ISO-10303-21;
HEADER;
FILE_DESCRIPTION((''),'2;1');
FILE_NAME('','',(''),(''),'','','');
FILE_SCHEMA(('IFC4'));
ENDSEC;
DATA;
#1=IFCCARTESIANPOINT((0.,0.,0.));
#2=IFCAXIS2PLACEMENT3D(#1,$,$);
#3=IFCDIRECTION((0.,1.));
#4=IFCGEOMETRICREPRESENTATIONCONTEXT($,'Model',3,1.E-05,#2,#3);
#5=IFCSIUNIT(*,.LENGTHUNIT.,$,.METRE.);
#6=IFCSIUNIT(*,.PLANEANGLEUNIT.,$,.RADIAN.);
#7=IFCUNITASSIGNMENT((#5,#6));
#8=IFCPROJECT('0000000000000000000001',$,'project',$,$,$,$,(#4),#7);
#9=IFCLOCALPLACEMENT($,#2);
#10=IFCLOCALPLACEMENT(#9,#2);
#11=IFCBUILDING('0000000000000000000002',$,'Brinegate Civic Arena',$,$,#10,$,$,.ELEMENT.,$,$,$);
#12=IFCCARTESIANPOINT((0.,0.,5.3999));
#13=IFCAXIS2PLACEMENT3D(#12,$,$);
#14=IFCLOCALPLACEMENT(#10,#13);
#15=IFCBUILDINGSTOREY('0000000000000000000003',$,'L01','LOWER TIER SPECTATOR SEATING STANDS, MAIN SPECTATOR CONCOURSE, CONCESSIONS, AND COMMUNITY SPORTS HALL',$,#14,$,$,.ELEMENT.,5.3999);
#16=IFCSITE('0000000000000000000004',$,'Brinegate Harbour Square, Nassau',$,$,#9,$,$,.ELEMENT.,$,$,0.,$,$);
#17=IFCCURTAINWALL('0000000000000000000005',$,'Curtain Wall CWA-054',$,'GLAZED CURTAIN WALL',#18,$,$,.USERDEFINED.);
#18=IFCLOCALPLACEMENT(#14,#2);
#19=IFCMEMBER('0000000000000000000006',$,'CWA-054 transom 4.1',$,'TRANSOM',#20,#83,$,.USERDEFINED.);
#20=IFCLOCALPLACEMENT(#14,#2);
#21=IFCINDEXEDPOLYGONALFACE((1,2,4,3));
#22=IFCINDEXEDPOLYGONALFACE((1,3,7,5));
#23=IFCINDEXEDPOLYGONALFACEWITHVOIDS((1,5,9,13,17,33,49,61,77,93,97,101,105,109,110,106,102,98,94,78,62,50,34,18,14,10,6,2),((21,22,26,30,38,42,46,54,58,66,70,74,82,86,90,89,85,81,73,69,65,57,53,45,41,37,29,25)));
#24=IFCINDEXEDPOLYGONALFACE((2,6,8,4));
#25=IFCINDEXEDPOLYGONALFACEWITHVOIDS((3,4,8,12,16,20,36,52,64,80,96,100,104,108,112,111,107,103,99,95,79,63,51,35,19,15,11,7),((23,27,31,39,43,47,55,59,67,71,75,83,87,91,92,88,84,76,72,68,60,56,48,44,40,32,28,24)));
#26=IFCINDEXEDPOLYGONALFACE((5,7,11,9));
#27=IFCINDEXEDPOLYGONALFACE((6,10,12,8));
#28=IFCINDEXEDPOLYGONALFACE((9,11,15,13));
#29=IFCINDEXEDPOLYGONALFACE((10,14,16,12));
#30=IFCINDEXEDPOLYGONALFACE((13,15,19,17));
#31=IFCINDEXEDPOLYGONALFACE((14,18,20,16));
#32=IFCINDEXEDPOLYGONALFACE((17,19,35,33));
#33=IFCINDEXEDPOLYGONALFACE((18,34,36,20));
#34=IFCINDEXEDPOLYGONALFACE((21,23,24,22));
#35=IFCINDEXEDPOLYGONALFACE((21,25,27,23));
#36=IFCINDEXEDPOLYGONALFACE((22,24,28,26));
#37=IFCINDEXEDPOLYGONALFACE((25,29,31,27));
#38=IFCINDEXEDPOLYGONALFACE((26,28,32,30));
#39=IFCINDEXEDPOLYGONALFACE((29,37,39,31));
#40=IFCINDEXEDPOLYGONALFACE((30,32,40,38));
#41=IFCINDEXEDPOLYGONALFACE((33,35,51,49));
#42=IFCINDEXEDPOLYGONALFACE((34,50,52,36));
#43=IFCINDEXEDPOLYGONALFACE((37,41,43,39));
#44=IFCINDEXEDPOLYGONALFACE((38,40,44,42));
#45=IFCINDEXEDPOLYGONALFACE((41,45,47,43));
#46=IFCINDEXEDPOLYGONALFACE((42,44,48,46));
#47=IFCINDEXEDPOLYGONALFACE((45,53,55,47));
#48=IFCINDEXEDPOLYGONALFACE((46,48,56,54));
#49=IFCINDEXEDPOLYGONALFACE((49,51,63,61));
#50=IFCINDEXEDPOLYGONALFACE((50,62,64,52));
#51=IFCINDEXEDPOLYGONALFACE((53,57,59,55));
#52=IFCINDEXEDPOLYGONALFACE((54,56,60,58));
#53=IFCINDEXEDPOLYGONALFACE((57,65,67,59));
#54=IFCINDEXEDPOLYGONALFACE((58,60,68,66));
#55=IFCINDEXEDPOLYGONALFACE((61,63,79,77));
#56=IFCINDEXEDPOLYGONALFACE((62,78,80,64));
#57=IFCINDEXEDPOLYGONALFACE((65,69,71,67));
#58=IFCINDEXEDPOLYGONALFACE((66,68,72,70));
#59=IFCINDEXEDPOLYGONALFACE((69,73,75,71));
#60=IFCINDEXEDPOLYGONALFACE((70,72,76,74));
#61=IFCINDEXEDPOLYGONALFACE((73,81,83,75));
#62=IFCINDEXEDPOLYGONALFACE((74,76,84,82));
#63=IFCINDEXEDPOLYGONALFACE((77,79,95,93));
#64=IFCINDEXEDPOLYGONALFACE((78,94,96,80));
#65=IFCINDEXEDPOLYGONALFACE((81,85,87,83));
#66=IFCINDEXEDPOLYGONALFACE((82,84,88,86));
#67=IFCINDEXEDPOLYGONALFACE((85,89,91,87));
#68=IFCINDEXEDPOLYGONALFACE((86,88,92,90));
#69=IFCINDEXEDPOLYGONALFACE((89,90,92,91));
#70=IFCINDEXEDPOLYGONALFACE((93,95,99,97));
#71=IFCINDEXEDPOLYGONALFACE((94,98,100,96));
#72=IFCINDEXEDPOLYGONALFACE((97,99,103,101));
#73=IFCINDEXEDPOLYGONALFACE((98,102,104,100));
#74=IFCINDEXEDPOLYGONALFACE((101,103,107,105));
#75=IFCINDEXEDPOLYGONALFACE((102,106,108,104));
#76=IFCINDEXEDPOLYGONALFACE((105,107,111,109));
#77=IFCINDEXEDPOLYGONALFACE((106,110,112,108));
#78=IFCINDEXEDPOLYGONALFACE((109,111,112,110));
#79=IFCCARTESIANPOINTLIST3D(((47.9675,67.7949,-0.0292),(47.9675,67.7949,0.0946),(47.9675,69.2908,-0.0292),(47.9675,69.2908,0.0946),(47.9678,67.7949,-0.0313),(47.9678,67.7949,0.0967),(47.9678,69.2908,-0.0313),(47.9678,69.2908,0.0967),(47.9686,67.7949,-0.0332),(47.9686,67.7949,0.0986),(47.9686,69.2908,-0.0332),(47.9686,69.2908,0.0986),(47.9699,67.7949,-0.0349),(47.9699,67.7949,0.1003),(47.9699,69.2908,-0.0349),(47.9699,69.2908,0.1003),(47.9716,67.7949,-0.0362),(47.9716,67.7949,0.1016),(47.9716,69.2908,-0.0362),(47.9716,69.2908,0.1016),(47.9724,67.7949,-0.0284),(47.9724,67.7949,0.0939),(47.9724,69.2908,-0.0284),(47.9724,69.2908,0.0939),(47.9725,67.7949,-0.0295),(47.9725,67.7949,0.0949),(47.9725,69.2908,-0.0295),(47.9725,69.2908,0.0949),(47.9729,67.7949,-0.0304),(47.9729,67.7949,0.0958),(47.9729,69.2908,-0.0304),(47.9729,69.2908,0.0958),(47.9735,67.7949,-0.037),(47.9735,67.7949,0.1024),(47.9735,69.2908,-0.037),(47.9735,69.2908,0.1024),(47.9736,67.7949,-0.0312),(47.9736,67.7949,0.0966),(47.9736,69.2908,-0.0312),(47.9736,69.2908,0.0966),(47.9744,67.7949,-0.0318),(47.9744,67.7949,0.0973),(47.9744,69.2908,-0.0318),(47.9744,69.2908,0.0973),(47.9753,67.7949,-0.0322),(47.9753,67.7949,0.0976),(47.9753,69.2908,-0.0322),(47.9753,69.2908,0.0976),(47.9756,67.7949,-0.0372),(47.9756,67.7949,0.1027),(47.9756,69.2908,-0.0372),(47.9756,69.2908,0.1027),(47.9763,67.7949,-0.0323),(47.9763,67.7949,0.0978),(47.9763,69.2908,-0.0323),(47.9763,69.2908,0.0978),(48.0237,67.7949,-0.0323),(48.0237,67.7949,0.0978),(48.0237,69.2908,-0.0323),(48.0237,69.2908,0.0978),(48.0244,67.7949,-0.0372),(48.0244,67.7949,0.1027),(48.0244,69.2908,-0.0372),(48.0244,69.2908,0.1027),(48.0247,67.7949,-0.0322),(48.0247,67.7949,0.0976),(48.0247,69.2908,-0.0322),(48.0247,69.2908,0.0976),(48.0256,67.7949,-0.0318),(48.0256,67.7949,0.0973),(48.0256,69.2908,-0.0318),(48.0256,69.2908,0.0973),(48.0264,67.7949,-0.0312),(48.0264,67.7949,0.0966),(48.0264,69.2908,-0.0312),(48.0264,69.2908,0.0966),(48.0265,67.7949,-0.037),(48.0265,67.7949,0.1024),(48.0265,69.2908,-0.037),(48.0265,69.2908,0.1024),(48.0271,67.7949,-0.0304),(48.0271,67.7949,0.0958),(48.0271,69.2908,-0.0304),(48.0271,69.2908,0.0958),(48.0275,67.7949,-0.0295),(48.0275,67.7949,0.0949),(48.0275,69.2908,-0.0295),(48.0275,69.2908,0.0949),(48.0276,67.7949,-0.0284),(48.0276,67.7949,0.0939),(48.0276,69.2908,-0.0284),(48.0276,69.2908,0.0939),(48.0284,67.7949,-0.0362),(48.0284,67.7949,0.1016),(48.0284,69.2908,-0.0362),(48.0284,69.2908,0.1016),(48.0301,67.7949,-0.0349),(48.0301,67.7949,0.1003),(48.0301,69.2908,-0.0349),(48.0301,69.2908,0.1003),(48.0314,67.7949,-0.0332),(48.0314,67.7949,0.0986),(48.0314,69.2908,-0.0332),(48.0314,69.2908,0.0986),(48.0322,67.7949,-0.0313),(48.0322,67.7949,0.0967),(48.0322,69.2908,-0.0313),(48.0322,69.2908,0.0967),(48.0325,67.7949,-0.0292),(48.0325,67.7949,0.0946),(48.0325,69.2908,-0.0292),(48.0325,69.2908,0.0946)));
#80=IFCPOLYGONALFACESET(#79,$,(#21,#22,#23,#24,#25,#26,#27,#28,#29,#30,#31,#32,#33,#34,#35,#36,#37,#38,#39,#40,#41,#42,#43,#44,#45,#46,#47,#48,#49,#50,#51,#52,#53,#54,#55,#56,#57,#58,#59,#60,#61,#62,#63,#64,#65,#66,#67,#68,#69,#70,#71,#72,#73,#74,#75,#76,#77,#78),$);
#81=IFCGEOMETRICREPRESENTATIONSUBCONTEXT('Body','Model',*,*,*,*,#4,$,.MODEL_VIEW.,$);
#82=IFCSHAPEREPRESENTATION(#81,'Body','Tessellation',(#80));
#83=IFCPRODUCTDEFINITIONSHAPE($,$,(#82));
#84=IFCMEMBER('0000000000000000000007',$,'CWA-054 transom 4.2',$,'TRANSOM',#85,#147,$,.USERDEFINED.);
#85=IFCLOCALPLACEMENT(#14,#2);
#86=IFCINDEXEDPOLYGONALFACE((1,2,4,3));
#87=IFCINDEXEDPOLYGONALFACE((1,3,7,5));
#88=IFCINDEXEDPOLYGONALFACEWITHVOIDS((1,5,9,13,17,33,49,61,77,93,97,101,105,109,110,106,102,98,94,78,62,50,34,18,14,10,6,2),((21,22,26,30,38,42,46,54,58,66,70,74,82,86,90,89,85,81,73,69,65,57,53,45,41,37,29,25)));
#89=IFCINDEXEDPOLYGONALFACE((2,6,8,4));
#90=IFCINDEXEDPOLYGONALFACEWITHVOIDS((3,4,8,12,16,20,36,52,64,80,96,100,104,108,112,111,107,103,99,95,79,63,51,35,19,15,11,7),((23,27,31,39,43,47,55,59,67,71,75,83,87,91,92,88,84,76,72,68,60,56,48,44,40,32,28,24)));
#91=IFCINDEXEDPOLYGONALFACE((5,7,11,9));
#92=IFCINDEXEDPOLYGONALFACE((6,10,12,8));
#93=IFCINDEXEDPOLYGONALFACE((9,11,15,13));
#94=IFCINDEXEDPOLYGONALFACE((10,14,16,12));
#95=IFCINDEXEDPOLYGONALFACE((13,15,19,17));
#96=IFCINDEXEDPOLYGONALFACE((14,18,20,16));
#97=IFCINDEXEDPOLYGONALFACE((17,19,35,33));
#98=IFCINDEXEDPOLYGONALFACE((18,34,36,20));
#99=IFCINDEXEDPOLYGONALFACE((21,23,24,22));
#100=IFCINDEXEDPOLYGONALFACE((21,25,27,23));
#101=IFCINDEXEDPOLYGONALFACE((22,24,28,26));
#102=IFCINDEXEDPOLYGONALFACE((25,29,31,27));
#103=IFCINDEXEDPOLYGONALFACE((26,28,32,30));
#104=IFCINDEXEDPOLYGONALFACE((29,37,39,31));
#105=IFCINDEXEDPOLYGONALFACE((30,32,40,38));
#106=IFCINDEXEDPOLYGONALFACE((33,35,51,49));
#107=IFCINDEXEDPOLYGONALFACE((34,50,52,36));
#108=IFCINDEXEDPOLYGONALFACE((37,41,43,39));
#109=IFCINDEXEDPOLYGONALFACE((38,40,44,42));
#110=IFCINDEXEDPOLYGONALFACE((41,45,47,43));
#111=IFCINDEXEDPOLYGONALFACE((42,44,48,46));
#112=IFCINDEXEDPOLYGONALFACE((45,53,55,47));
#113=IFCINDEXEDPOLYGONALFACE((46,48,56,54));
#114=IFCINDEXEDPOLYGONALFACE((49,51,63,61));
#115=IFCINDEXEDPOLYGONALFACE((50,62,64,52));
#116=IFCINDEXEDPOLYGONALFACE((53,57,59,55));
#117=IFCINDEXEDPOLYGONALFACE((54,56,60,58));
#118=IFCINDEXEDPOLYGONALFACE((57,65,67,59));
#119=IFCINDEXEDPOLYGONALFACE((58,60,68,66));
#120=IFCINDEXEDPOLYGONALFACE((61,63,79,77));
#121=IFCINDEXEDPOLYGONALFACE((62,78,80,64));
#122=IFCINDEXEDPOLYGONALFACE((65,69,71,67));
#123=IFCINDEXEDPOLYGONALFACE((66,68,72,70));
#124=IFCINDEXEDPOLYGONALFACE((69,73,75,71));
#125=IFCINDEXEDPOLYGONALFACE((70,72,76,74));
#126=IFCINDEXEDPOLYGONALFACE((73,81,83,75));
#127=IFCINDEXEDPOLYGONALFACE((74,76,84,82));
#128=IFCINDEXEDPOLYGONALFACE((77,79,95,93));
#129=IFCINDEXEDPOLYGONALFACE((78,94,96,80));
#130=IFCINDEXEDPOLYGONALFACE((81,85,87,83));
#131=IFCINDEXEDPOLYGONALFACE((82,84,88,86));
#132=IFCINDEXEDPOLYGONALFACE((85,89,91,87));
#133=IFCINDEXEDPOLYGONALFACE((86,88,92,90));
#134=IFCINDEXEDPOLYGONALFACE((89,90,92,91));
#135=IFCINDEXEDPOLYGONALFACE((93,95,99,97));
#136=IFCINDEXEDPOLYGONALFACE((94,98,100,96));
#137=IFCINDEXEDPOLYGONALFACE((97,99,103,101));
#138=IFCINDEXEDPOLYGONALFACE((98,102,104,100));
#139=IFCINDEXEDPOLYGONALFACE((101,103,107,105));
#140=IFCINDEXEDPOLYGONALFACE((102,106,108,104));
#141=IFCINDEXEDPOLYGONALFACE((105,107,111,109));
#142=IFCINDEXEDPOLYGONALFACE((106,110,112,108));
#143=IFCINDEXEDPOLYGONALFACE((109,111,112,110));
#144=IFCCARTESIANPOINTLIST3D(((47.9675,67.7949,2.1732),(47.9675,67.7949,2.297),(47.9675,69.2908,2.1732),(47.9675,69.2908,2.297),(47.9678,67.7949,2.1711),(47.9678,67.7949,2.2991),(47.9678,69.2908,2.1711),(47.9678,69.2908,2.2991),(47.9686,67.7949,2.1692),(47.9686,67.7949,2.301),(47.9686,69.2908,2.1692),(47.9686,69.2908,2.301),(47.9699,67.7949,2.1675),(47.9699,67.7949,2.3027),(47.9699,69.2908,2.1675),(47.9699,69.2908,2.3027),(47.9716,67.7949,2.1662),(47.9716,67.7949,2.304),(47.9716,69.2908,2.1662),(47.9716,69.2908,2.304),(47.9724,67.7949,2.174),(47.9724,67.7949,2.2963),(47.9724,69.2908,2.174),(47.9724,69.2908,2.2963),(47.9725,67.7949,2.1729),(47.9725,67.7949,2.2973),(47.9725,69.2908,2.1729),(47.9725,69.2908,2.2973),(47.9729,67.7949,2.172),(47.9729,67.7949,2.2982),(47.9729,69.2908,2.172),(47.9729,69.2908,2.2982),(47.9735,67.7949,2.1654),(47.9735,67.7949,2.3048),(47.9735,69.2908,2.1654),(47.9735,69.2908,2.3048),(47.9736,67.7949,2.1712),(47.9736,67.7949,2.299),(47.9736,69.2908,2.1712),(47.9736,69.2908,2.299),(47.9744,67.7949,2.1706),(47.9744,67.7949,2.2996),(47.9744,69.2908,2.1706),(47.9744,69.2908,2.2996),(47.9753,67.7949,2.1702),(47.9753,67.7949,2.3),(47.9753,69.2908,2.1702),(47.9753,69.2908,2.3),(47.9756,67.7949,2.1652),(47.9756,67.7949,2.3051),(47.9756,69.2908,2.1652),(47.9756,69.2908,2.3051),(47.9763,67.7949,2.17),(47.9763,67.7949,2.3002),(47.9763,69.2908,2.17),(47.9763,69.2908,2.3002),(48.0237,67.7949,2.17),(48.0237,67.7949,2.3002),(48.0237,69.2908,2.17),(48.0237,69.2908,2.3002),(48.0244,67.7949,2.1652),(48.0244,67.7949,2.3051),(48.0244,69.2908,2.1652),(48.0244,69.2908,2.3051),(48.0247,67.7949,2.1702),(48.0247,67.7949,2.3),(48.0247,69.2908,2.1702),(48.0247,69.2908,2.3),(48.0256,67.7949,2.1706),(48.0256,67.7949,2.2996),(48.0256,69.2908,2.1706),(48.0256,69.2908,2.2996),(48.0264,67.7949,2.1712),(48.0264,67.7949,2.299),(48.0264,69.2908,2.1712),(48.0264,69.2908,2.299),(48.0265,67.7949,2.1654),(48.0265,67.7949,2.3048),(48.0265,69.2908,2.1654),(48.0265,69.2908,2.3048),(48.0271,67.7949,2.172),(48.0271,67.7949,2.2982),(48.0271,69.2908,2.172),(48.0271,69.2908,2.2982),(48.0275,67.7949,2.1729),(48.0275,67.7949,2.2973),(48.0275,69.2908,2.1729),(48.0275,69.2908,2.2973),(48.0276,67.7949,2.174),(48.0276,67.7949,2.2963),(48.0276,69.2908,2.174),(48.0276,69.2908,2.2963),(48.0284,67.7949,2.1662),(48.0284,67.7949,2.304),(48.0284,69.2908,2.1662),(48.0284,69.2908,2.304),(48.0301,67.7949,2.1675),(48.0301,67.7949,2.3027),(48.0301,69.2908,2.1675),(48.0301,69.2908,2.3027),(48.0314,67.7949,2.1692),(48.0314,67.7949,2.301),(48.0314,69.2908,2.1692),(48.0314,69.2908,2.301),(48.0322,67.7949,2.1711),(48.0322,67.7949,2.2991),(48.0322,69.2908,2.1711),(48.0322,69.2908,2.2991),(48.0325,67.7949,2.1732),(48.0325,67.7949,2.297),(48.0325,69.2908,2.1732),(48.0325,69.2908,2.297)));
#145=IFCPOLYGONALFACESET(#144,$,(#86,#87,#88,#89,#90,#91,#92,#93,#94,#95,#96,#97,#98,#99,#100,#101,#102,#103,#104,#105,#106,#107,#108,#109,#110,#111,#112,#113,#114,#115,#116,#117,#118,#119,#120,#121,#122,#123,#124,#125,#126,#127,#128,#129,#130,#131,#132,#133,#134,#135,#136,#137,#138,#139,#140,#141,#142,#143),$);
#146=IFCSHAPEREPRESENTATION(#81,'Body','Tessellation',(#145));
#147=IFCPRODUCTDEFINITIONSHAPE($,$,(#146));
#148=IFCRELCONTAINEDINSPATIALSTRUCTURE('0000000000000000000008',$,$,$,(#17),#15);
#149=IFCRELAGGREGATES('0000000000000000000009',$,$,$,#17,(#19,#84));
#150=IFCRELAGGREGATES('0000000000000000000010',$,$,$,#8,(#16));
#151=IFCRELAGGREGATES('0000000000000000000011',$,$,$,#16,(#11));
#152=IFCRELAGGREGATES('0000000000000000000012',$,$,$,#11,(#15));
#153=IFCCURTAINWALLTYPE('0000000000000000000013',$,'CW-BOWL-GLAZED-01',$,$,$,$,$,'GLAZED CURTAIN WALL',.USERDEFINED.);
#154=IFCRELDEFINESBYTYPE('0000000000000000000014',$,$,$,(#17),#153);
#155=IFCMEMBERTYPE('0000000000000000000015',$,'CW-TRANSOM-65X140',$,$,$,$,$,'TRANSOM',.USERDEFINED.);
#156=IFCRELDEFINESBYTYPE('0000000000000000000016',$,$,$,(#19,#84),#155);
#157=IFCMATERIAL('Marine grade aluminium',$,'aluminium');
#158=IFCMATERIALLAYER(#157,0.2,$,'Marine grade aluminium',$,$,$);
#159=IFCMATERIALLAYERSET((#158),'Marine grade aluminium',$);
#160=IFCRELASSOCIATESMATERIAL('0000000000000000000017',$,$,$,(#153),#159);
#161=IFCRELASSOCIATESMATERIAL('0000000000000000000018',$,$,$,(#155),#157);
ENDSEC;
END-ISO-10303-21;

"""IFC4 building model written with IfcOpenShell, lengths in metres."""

from ifc_helpers import new_model, si_unit, direction, frame, origin, origin_2d, place, context, subcontext, project, spatial, hollow_rectangle, extrude, material, layer, layer_set, material_profile, profile_set, type_object, element, aggregate, save


model = new_model("IFC4")

# Units and contexts
model_context = context("Model", 3, precision=1e-05, world=origin(), true_north=direction((0.0, 1.0)))
body_context = subcontext(model_context, "Body", "Model", "MODEL_VIEW")
ifc_project = project(units=[si_unit("LENGTHUNIT", "METRE"), si_unit("PLANEANGLEUNIT", "RADIAN")], contexts=[model_context])

# Site, building, storey
site_placement = place(None, origin())
site = spatial("IfcSite", under=ifc_project, at=site_placement, Name="Brinegate Harbour Square, Nassau", CompositionType="ELEMENT", RefElevation=0.0)
building_placement = place(site_placement, origin())
building = spatial("IfcBuilding", under=site, at=building_placement, Name="Brinegate Civic Arena", CompositionType="ELEMENT")
storey_placement = place(building_placement, frame((0.0, 0.0, 5.3999)))
storey = spatial("IfcBuildingStorey", under=building, at=storey_placement, Name="L01", Description="LOWER TIER SPECTATOR SEATING STANDS, MAIN SPECTATOR CONCOURSE, CONCESSIONS, AND COMMUNITY SPORTS HALL", CompositionType="ELEMENT", Elevation=5.3999)

# Curtain wall, members
ifc_material_1 = material(Name="Marine grade aluminium", Category="aluminium")
ifc_layer_1 = layer(ifc_material_1, 0.2, Name="Marine grade aluminium")
ifc_layer_set_1 = layer_set([ifc_layer_1], Name="Marine grade aluminium")
curtain_wall_type = type_object("IfcCurtainWallType", Name="CW-BOWL-GLAZED-01", ElementType="GLAZED CURTAIN WALL", PredefinedType="USERDEFINED", material=ifc_layer_set_1)
curtain_wall_placement = place(storey_placement, origin())
curtain_wall = element("IfcCurtainWall", 1, at=curtain_wall_placement, inside=storey, type_object=curtain_wall_type, Name="Curtain Wall CWA-054", ObjectType="GLAZED CURTAIN WALL", PredefinedType="USERDEFINED")
ifc_material_profile_1 = material_profile(ifc_material_1, hollow_rectangle(XDim=0.0649, YDim=0.1399, WallThickness=0.0049, InnerFilletRadius=0.0039, OuterFilletRadius=0.0081, at=origin_2d()), Name="TRN65X140")
ifc_profile_set_1 = profile_set([ifc_material_profile_1], Name="Marine grade aluminium")
member_type_1 = type_object("IfcMemberType", Name="CW-TRANSOM-65X140", ElementType="TRANSOM", PredefinedType="USERDEFINED", material=ifc_profile_set_1)
member_1_placement = place(storey_placement, frame((48.0, 67.7949, 0.0327), z_axis=(0.0, 1.0, 0.0), x_axis=(-1.0, 0.0, 0.0)))
member_1 = element("IfcMember", 2, at=member_1_placement, type_object=member_type_1, Name="CWA-054 transom 4.1", ObjectType="TRANSOM", PredefinedType="USERDEFINED", context=body_context, shape_type="SweptSolid", body=[
    extrude(hollow_rectangle(XDim=0.0649, YDim=0.1399, WallThickness=0.0049, InnerFilletRadius=0.0039, OuterFilletRadius=0.0081, at=origin_2d()), origin(), (0.0, 0.0, 1.0), 1.4958),
])
member_2_placement = place(storey_placement, frame((48.0, 67.7949, 2.2351), z_axis=(0.0, 1.0, 0.0), x_axis=(-1.0, 0.0, 0.0)))
member_2 = element("IfcMember", 3, at=member_2_placement, type_object=member_type_1, Name="CWA-054 transom 4.2", ObjectType="TRANSOM", PredefinedType="USERDEFINED", context=body_context, shape_type="SweptSolid", body=[
    extrude(hollow_rectangle(XDim=0.0649, YDim=0.1399, WallThickness=0.0049, InnerFilletRadius=0.0039, OuterFilletRadius=0.0081, at=origin_2d()), origin(), (0.0, 0.0, 1.0), 1.4958),
])
aggregate(curtain_wall, [member_1, member_2])

save(model, "model.ifc")
